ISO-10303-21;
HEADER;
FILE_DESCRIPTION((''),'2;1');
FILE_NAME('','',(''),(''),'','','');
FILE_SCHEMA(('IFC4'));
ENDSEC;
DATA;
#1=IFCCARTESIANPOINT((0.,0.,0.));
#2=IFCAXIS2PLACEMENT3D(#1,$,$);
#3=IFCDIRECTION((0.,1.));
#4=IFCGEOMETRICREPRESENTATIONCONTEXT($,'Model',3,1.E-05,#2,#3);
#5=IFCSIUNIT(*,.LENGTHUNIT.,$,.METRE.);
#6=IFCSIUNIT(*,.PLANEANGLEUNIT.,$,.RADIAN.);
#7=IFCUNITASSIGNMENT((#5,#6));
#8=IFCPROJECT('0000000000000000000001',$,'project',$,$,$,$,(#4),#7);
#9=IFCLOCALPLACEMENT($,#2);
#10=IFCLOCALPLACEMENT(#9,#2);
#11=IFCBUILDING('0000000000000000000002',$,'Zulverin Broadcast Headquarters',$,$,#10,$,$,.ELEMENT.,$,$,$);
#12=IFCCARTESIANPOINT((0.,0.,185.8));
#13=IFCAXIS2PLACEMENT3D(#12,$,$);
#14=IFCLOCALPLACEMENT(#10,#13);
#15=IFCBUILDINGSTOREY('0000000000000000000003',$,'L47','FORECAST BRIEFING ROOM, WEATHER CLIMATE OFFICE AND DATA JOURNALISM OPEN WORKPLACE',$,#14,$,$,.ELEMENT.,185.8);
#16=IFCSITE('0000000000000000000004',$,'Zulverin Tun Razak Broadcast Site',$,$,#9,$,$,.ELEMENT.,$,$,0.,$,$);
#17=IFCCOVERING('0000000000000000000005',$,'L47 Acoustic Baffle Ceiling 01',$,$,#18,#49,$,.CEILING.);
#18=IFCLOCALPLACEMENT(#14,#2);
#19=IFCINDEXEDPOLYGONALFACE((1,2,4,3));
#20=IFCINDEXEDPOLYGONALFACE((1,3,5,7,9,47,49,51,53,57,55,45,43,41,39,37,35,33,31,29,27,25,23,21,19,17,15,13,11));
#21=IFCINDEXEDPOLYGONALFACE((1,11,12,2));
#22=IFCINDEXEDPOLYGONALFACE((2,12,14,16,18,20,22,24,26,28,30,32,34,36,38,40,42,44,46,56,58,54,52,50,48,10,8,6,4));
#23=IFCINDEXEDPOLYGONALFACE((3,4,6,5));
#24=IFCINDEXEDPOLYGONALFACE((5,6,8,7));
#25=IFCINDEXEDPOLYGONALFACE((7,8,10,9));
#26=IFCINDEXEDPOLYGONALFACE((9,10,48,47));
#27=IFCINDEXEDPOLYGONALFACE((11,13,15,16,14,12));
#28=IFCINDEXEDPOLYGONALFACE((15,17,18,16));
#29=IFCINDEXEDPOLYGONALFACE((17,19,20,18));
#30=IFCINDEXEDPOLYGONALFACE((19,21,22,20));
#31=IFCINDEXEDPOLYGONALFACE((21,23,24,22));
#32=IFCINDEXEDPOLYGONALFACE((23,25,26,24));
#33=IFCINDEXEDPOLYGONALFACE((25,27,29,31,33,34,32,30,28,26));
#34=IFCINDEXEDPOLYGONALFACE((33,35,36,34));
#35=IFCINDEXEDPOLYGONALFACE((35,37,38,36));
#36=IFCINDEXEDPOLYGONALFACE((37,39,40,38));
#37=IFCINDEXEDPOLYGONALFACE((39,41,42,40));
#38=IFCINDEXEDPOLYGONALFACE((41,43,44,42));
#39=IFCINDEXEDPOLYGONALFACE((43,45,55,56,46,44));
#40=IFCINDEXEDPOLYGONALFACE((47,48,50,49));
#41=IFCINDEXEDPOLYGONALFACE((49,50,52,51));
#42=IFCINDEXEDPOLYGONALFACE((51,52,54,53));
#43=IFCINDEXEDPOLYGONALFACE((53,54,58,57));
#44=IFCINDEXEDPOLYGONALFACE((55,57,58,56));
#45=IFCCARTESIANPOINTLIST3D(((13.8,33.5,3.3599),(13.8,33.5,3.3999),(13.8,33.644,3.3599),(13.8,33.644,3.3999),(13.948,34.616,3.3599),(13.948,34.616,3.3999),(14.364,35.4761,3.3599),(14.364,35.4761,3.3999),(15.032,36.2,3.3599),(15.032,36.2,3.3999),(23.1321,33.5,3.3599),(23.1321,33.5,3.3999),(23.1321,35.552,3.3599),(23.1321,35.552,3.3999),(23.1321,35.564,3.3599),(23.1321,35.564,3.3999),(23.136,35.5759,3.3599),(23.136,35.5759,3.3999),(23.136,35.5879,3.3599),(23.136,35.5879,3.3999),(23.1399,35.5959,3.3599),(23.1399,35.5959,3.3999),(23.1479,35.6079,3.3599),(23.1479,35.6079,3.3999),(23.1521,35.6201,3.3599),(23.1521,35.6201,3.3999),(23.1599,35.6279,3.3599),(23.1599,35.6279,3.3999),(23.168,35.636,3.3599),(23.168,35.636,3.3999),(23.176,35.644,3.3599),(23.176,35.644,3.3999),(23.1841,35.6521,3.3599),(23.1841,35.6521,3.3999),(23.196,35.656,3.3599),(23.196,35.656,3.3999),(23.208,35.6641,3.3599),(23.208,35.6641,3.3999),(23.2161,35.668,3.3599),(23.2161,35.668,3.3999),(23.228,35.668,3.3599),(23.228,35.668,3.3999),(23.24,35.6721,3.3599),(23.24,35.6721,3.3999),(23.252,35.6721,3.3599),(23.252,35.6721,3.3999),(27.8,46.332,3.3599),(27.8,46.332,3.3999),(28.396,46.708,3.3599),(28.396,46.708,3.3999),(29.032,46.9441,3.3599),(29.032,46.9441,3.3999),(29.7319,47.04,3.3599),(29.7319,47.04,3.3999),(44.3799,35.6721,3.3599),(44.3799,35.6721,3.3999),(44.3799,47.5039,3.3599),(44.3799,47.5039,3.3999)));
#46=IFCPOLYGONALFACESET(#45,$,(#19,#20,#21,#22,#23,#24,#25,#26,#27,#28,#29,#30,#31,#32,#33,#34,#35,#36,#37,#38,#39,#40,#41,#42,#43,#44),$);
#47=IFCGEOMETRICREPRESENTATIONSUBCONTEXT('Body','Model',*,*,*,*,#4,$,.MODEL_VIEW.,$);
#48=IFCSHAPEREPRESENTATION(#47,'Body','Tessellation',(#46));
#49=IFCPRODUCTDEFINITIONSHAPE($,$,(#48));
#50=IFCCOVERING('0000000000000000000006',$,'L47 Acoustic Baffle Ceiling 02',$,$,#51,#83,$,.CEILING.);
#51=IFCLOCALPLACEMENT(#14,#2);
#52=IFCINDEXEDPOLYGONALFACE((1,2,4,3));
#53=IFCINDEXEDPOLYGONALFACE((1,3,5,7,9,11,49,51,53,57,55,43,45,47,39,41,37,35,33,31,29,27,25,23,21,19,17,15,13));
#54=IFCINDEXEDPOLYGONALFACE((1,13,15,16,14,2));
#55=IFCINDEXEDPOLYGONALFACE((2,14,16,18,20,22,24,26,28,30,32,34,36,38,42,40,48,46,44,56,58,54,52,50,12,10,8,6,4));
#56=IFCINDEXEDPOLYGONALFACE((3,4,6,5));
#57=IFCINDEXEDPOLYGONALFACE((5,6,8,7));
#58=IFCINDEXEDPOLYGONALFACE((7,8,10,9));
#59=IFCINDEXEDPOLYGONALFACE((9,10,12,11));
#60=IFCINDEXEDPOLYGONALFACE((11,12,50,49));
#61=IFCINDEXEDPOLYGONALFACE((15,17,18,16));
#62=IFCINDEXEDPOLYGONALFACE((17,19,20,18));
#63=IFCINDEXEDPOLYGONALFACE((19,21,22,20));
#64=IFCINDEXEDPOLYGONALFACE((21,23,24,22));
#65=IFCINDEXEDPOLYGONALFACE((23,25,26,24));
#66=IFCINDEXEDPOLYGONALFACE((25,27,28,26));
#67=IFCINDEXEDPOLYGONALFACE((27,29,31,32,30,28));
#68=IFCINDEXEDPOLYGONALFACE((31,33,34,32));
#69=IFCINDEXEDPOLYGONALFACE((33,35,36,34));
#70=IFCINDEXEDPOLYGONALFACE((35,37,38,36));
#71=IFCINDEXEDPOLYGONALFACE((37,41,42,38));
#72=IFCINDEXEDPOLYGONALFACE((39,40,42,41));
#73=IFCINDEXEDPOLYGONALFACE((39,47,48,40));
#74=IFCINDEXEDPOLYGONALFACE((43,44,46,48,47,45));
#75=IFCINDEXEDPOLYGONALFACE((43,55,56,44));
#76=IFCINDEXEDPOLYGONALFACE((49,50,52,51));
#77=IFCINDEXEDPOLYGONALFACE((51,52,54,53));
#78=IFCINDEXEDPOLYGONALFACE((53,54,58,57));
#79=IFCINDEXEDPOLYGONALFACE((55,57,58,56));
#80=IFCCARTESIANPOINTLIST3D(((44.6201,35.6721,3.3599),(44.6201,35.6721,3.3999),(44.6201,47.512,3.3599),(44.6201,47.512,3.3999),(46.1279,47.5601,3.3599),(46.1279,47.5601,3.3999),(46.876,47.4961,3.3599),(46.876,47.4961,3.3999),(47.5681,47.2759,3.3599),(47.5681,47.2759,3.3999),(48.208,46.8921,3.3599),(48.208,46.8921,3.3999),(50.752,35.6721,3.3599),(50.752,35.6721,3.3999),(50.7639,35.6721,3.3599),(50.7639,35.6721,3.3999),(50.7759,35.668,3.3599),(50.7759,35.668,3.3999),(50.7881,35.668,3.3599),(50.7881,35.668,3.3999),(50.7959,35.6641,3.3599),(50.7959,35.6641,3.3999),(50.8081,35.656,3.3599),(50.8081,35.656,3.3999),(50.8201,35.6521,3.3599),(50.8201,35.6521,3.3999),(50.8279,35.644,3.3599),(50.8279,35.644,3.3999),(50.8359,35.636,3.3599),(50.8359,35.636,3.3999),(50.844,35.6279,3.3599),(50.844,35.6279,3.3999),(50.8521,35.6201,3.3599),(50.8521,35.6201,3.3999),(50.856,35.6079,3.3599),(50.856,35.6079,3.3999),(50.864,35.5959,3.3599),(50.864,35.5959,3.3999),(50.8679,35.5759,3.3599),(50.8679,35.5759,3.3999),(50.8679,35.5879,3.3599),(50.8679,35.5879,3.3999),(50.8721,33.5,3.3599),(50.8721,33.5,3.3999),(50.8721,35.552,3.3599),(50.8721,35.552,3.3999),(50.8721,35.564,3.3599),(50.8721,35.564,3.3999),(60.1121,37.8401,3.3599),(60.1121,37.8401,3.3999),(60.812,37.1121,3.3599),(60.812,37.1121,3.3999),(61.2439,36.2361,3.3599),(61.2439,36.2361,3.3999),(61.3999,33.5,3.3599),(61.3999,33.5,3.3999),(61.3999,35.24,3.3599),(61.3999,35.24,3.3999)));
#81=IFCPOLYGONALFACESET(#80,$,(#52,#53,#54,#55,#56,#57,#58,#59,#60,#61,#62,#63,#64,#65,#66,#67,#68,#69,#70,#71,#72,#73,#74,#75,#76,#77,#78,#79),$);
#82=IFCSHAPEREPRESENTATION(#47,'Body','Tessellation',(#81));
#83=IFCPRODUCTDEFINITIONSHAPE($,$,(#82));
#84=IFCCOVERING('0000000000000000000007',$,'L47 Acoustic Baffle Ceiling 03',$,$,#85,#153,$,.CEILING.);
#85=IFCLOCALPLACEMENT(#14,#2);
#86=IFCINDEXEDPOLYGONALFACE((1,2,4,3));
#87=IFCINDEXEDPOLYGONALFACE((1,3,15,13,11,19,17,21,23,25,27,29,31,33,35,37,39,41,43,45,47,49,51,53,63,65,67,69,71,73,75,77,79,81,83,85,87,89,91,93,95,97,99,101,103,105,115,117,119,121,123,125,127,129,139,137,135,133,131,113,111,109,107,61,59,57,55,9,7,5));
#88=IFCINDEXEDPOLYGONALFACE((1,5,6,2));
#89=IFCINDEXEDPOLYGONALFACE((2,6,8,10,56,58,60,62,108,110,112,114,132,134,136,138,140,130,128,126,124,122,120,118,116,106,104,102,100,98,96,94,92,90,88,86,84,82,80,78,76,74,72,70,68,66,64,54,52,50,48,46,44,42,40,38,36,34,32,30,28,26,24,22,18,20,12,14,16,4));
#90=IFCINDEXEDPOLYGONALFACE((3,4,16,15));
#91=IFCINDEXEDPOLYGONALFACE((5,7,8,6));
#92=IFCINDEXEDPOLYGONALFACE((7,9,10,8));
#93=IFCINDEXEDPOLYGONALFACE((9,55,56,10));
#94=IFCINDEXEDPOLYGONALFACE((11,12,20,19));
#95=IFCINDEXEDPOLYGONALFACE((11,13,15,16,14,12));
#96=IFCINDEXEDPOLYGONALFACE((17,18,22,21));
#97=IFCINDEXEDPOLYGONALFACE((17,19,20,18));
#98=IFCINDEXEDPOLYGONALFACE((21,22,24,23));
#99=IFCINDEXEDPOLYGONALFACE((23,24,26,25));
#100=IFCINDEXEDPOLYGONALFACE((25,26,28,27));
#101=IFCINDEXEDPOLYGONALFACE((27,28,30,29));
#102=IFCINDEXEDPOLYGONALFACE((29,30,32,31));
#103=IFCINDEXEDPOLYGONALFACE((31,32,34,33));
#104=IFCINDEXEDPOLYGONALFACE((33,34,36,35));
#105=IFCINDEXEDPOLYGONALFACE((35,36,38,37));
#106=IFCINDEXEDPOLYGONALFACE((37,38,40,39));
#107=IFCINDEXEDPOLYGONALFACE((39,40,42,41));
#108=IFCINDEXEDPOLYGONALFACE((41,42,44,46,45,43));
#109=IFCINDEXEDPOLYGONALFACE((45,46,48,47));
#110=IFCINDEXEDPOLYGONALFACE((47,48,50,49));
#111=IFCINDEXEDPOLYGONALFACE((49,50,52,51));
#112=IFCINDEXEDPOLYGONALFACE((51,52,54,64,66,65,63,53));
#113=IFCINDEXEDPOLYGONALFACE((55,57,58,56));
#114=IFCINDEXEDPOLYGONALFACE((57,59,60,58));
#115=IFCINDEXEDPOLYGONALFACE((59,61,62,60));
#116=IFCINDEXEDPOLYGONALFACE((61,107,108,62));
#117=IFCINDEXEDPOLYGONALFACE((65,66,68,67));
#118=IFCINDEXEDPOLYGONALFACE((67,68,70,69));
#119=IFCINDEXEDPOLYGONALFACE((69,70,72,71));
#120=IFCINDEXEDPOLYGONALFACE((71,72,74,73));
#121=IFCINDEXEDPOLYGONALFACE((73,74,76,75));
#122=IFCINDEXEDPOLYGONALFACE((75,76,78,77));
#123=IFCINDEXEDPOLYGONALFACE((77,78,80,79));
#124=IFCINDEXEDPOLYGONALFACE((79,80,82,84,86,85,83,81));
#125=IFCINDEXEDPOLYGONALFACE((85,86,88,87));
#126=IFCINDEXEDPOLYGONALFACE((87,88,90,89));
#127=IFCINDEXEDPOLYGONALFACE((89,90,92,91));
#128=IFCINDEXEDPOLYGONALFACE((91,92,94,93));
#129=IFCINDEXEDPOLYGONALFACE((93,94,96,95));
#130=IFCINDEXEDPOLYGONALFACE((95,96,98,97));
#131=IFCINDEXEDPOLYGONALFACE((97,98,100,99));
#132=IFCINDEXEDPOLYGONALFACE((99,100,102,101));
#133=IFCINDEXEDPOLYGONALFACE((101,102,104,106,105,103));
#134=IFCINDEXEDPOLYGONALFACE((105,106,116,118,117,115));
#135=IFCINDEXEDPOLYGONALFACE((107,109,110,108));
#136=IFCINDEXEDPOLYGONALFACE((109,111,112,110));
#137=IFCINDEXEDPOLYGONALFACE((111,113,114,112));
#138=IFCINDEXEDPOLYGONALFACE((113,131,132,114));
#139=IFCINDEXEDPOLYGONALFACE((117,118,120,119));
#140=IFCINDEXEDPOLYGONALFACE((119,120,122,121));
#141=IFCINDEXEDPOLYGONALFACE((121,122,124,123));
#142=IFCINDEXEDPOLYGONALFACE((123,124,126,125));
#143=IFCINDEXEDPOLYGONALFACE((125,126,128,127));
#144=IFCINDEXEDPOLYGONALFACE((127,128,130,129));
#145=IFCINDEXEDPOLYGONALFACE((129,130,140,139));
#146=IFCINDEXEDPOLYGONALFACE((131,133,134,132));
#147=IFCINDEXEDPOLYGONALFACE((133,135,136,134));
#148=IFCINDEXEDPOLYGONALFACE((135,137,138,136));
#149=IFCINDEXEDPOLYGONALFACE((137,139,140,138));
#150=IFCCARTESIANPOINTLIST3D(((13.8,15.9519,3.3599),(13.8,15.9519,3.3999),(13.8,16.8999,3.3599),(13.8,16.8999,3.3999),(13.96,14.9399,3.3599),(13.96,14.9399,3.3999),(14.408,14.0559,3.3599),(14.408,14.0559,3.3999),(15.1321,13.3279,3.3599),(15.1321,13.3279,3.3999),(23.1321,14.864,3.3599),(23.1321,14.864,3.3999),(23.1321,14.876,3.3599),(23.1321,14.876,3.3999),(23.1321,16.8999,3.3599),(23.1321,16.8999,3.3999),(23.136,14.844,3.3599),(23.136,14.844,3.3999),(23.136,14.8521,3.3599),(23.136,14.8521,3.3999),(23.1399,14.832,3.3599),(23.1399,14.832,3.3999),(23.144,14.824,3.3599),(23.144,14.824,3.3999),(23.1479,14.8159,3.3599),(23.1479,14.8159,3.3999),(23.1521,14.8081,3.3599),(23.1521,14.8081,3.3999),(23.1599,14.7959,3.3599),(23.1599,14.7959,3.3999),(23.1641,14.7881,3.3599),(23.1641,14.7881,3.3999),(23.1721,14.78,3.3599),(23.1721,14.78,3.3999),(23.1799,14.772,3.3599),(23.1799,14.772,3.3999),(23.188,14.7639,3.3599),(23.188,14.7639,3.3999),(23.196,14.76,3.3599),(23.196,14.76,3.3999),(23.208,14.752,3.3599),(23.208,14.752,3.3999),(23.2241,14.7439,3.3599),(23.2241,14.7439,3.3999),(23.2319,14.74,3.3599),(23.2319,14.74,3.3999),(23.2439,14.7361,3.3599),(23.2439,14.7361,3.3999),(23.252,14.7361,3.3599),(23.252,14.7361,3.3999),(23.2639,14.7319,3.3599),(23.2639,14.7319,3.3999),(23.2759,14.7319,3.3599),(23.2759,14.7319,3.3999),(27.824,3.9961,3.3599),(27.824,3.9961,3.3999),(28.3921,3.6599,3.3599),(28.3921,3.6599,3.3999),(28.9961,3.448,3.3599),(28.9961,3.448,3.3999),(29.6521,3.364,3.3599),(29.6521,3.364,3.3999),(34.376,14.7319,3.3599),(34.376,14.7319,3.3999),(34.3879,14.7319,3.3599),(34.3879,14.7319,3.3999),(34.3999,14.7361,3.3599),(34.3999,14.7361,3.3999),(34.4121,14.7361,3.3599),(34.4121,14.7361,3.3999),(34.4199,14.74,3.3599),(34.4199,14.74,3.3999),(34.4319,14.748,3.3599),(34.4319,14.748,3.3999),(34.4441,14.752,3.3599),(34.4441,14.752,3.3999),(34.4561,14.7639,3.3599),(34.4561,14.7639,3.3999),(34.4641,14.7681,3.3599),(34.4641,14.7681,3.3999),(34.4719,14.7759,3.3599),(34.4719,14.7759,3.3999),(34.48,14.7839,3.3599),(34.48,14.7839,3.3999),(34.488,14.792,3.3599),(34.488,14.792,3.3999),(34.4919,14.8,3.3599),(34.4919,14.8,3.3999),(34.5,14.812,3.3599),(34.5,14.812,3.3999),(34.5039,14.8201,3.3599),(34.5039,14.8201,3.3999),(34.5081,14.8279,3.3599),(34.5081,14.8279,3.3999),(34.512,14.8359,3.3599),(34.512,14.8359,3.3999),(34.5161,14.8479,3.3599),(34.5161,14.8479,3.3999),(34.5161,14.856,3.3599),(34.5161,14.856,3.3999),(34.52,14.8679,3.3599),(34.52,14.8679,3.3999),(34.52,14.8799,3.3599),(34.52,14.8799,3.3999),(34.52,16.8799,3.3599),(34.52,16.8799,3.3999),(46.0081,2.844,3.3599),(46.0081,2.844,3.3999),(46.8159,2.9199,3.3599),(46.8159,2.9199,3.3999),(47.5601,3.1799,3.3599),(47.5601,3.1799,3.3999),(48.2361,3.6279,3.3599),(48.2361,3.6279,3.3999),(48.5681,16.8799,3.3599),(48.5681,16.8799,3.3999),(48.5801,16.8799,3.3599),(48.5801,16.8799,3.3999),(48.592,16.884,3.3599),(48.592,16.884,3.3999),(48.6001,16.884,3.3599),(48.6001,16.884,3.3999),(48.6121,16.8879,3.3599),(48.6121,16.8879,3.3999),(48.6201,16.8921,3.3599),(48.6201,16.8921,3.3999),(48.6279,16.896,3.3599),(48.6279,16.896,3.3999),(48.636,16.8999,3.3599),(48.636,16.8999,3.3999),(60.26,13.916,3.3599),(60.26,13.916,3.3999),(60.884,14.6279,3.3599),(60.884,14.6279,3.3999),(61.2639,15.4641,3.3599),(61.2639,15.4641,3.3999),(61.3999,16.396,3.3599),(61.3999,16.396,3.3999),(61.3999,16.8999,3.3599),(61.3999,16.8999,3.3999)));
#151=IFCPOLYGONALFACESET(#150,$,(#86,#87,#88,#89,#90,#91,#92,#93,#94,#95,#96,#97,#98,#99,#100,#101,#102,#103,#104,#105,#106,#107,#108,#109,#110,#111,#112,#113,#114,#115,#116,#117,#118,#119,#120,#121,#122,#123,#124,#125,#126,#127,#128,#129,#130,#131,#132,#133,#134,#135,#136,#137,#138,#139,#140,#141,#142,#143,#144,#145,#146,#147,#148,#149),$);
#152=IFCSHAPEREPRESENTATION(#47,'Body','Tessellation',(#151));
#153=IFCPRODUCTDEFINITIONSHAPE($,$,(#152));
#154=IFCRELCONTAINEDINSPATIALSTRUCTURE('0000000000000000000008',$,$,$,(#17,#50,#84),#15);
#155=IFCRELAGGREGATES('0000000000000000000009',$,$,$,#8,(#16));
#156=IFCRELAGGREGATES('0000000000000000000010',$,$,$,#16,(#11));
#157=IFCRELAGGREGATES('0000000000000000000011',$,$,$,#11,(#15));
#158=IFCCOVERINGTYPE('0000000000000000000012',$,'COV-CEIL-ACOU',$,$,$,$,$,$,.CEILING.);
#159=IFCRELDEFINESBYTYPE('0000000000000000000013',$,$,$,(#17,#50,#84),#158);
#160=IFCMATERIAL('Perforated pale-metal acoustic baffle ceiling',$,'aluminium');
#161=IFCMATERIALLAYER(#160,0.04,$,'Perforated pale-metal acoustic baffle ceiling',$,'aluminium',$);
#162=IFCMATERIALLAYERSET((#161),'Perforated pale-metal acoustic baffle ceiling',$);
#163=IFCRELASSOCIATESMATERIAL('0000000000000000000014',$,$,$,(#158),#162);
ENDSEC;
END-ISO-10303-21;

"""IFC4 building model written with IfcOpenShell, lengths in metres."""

from ifc_helpers import new_model, si_unit, direction, frame, origin, place, context, subcontext, project, spatial, polyline, outline, extrude, material, layer, layer_set, type_object, element, save


model = new_model("IFC4")

# Units and contexts
model_context = context("Model", 3, precision=1e-05, world=origin(), true_north=direction((0.0, 1.0)))
body_context = subcontext(model_context, "Body", "Model", "MODEL_VIEW")
ifc_project = project(units=[si_unit("LENGTHUNIT", "METRE"), si_unit("PLANEANGLEUNIT", "RADIAN")], contexts=[model_context])

# Site, building, storey
site_placement = place(None, origin())
site = spatial("IfcSite", under=ifc_project, at=site_placement, Name="Zulverin Tun Razak Broadcast Site", CompositionType="ELEMENT", RefElevation=0.0)
building_placement = place(site_placement, origin())
building = spatial("IfcBuilding", under=site, at=building_placement, Name="Zulverin Broadcast Headquarters", CompositionType="ELEMENT")
storey_placement = place(building_placement, frame((0.0, 0.0, 185.8)))
storey = spatial("IfcBuildingStorey", under=building, at=storey_placement, Name="L47", Description="FORECAST BRIEFING ROOM, WEATHER CLIMATE OFFICE AND DATA JOURNALISM OPEN WORKPLACE", CompositionType="ELEMENT", Elevation=185.8)

# Coverings
ifc_material_1 = material(Name="Perforated pale-metal acoustic baffle ceiling", Category="aluminium")
ifc_layer_1 = layer(ifc_material_1, 0.04, Name="Perforated pale-metal acoustic baffle ceiling", Category="aluminium")
ifc_layer_set_1 = layer_set([ifc_layer_1], Name="Perforated pale-metal acoustic baffle ceiling")
covering_type_1 = type_object("IfcCoveringType", Name="COV-CEIL-ACOU", PredefinedType="CEILING", material=ifc_layer_set_1)
covering_1_placement = place(storey_placement, frame((0.0, 0.0, 3.3599)))
element("IfcCovering", 1, at=covering_1_placement, inside=storey, type_object=covering_type_1, Name="L47 Acoustic Baffle Ceiling 01", PredefinedType="CEILING", context=body_context, shape_type="SweptSolid", body=[
    extrude(outline(polyline([(29.032, 46.9441), (28.396, 46.708), (27.8, 46.332), (15.032, 36.2), (14.364, 35.4761), (13.948, 34.616), (13.8, 33.644), (13.8, 33.5), (23.1321, 33.5), (23.1321, 35.552), (23.1321, 35.564), (23.136, 35.5759), (23.136, 35.5879), (23.1399, 35.5959), (23.1479, 35.6079), (23.1521, 35.6201), (23.1599, 35.6279), (23.168, 35.636), (23.176, 35.644), (23.1841, 35.6521), (23.196, 35.656), (23.208, 35.6641), (23.2161, 35.668), (23.228, 35.668), (23.24, 35.6721), (23.252, 35.6721), (44.3799, 35.6721), (44.3799, 47.5039), (29.7319, 47.04), (29.032, 46.9441)])), origin(), (0.0, 0.0, 1.0), 0.04),
])
covering_2_placement = place(storey_placement, frame((0.0, 0.0, 3.3599)))
element("IfcCovering", 2, at=covering_2_placement, inside=storey, type_object=covering_type_1, Name="L47 Acoustic Baffle Ceiling 02", PredefinedType="CEILING", context=body_context, shape_type="SweptSolid", body=[
    extrude(outline(polyline([(60.812, 37.1121), (60.1121, 37.8401), (48.208, 46.8921), (47.5681, 47.2759), (46.876, 47.4961), (46.1279, 47.5601), (44.6201, 47.512), (44.6201, 35.6721), (50.752, 35.6721), (50.7639, 35.6721), (50.7759, 35.668), (50.7881, 35.668), (50.7959, 35.6641), (50.8081, 35.656), (50.8201, 35.6521), (50.8279, 35.644), (50.8359, 35.636), (50.844, 35.6279), (50.8521, 35.6201), (50.856, 35.6079), (50.864, 35.5959), (50.8679, 35.5879), (50.8679, 35.5759), (50.8721, 35.564), (50.8721, 35.552), (50.8721, 33.5), (61.3999, 33.5), (61.3999, 35.24), (61.2439, 36.2361), (60.812, 37.1121)])), origin(), (0.0, 0.0, 1.0), 0.04),
])
covering_3_placement = place(storey_placement, frame((0.0, 0.0, 3.3599)))
element("IfcCovering", 3, at=covering_3_placement, inside=storey, type_object=covering_type_1, Name="L47 Acoustic Baffle Ceiling 03", PredefinedType="CEILING", context=body_context, shape_type="SweptSolid", body=[
    extrude(outline(polyline([(23.1321, 14.864), (23.1321, 14.876), (23.1321, 16.8999), (13.8, 16.8999), (13.8, 15.9519), (13.96, 14.9399), (14.408, 14.0559), (15.1321, 13.3279), (27.824, 3.9961), (28.3921, 3.6599), (28.9961, 3.448), (29.6521, 3.364), (46.0081, 2.844), (46.8159, 2.9199), (47.5601, 3.1799), (48.2361, 3.6279), (60.26, 13.916), (60.884, 14.6279), (61.2639, 15.4641), (61.3999, 16.396), (61.3999, 16.8999), (48.636, 16.8999), (48.6279, 16.896), (48.6201, 16.8921), (48.6121, 16.8879), (48.6001, 16.884), (48.592, 16.884), (48.5801, 16.8799), (48.5681, 16.8799), (34.52, 16.8799), (34.52, 14.8799), (34.52, 14.8679), (34.5161, 14.856), (34.5161, 14.8479), (34.512, 14.8359), (34.5081, 14.8279), (34.5039, 14.8201), (34.5, 14.812), (34.4919, 14.8), (34.488, 14.792), (34.48, 14.7839), (34.4719, 14.7759), (34.4641, 14.7681), (34.4561, 14.7639), (34.4441, 14.752), (34.4319, 14.748), (34.4199, 14.74), (34.4121, 14.7361), (34.3999, 14.7361), (34.3879, 14.7319), (34.376, 14.7319), (23.2759, 14.7319), (23.2639, 14.7319), (23.252, 14.7361), (23.2439, 14.7361), (23.2319, 14.74), (23.2241, 14.7439), (23.208, 14.752), (23.196, 14.76), (23.188, 14.7639), (23.1799, 14.772), (23.1721, 14.78), (23.1641, 14.7881), (23.1599, 14.7959), (23.1521, 14.8081), (23.1479, 14.8159), (23.144, 14.824), (23.1399, 14.832), (23.136, 14.844), (23.136, 14.8521), (23.1321, 14.864)])), origin(), (0.0, 0.0, 1.0), 0.04),
])

save(model, "model.ifc")
